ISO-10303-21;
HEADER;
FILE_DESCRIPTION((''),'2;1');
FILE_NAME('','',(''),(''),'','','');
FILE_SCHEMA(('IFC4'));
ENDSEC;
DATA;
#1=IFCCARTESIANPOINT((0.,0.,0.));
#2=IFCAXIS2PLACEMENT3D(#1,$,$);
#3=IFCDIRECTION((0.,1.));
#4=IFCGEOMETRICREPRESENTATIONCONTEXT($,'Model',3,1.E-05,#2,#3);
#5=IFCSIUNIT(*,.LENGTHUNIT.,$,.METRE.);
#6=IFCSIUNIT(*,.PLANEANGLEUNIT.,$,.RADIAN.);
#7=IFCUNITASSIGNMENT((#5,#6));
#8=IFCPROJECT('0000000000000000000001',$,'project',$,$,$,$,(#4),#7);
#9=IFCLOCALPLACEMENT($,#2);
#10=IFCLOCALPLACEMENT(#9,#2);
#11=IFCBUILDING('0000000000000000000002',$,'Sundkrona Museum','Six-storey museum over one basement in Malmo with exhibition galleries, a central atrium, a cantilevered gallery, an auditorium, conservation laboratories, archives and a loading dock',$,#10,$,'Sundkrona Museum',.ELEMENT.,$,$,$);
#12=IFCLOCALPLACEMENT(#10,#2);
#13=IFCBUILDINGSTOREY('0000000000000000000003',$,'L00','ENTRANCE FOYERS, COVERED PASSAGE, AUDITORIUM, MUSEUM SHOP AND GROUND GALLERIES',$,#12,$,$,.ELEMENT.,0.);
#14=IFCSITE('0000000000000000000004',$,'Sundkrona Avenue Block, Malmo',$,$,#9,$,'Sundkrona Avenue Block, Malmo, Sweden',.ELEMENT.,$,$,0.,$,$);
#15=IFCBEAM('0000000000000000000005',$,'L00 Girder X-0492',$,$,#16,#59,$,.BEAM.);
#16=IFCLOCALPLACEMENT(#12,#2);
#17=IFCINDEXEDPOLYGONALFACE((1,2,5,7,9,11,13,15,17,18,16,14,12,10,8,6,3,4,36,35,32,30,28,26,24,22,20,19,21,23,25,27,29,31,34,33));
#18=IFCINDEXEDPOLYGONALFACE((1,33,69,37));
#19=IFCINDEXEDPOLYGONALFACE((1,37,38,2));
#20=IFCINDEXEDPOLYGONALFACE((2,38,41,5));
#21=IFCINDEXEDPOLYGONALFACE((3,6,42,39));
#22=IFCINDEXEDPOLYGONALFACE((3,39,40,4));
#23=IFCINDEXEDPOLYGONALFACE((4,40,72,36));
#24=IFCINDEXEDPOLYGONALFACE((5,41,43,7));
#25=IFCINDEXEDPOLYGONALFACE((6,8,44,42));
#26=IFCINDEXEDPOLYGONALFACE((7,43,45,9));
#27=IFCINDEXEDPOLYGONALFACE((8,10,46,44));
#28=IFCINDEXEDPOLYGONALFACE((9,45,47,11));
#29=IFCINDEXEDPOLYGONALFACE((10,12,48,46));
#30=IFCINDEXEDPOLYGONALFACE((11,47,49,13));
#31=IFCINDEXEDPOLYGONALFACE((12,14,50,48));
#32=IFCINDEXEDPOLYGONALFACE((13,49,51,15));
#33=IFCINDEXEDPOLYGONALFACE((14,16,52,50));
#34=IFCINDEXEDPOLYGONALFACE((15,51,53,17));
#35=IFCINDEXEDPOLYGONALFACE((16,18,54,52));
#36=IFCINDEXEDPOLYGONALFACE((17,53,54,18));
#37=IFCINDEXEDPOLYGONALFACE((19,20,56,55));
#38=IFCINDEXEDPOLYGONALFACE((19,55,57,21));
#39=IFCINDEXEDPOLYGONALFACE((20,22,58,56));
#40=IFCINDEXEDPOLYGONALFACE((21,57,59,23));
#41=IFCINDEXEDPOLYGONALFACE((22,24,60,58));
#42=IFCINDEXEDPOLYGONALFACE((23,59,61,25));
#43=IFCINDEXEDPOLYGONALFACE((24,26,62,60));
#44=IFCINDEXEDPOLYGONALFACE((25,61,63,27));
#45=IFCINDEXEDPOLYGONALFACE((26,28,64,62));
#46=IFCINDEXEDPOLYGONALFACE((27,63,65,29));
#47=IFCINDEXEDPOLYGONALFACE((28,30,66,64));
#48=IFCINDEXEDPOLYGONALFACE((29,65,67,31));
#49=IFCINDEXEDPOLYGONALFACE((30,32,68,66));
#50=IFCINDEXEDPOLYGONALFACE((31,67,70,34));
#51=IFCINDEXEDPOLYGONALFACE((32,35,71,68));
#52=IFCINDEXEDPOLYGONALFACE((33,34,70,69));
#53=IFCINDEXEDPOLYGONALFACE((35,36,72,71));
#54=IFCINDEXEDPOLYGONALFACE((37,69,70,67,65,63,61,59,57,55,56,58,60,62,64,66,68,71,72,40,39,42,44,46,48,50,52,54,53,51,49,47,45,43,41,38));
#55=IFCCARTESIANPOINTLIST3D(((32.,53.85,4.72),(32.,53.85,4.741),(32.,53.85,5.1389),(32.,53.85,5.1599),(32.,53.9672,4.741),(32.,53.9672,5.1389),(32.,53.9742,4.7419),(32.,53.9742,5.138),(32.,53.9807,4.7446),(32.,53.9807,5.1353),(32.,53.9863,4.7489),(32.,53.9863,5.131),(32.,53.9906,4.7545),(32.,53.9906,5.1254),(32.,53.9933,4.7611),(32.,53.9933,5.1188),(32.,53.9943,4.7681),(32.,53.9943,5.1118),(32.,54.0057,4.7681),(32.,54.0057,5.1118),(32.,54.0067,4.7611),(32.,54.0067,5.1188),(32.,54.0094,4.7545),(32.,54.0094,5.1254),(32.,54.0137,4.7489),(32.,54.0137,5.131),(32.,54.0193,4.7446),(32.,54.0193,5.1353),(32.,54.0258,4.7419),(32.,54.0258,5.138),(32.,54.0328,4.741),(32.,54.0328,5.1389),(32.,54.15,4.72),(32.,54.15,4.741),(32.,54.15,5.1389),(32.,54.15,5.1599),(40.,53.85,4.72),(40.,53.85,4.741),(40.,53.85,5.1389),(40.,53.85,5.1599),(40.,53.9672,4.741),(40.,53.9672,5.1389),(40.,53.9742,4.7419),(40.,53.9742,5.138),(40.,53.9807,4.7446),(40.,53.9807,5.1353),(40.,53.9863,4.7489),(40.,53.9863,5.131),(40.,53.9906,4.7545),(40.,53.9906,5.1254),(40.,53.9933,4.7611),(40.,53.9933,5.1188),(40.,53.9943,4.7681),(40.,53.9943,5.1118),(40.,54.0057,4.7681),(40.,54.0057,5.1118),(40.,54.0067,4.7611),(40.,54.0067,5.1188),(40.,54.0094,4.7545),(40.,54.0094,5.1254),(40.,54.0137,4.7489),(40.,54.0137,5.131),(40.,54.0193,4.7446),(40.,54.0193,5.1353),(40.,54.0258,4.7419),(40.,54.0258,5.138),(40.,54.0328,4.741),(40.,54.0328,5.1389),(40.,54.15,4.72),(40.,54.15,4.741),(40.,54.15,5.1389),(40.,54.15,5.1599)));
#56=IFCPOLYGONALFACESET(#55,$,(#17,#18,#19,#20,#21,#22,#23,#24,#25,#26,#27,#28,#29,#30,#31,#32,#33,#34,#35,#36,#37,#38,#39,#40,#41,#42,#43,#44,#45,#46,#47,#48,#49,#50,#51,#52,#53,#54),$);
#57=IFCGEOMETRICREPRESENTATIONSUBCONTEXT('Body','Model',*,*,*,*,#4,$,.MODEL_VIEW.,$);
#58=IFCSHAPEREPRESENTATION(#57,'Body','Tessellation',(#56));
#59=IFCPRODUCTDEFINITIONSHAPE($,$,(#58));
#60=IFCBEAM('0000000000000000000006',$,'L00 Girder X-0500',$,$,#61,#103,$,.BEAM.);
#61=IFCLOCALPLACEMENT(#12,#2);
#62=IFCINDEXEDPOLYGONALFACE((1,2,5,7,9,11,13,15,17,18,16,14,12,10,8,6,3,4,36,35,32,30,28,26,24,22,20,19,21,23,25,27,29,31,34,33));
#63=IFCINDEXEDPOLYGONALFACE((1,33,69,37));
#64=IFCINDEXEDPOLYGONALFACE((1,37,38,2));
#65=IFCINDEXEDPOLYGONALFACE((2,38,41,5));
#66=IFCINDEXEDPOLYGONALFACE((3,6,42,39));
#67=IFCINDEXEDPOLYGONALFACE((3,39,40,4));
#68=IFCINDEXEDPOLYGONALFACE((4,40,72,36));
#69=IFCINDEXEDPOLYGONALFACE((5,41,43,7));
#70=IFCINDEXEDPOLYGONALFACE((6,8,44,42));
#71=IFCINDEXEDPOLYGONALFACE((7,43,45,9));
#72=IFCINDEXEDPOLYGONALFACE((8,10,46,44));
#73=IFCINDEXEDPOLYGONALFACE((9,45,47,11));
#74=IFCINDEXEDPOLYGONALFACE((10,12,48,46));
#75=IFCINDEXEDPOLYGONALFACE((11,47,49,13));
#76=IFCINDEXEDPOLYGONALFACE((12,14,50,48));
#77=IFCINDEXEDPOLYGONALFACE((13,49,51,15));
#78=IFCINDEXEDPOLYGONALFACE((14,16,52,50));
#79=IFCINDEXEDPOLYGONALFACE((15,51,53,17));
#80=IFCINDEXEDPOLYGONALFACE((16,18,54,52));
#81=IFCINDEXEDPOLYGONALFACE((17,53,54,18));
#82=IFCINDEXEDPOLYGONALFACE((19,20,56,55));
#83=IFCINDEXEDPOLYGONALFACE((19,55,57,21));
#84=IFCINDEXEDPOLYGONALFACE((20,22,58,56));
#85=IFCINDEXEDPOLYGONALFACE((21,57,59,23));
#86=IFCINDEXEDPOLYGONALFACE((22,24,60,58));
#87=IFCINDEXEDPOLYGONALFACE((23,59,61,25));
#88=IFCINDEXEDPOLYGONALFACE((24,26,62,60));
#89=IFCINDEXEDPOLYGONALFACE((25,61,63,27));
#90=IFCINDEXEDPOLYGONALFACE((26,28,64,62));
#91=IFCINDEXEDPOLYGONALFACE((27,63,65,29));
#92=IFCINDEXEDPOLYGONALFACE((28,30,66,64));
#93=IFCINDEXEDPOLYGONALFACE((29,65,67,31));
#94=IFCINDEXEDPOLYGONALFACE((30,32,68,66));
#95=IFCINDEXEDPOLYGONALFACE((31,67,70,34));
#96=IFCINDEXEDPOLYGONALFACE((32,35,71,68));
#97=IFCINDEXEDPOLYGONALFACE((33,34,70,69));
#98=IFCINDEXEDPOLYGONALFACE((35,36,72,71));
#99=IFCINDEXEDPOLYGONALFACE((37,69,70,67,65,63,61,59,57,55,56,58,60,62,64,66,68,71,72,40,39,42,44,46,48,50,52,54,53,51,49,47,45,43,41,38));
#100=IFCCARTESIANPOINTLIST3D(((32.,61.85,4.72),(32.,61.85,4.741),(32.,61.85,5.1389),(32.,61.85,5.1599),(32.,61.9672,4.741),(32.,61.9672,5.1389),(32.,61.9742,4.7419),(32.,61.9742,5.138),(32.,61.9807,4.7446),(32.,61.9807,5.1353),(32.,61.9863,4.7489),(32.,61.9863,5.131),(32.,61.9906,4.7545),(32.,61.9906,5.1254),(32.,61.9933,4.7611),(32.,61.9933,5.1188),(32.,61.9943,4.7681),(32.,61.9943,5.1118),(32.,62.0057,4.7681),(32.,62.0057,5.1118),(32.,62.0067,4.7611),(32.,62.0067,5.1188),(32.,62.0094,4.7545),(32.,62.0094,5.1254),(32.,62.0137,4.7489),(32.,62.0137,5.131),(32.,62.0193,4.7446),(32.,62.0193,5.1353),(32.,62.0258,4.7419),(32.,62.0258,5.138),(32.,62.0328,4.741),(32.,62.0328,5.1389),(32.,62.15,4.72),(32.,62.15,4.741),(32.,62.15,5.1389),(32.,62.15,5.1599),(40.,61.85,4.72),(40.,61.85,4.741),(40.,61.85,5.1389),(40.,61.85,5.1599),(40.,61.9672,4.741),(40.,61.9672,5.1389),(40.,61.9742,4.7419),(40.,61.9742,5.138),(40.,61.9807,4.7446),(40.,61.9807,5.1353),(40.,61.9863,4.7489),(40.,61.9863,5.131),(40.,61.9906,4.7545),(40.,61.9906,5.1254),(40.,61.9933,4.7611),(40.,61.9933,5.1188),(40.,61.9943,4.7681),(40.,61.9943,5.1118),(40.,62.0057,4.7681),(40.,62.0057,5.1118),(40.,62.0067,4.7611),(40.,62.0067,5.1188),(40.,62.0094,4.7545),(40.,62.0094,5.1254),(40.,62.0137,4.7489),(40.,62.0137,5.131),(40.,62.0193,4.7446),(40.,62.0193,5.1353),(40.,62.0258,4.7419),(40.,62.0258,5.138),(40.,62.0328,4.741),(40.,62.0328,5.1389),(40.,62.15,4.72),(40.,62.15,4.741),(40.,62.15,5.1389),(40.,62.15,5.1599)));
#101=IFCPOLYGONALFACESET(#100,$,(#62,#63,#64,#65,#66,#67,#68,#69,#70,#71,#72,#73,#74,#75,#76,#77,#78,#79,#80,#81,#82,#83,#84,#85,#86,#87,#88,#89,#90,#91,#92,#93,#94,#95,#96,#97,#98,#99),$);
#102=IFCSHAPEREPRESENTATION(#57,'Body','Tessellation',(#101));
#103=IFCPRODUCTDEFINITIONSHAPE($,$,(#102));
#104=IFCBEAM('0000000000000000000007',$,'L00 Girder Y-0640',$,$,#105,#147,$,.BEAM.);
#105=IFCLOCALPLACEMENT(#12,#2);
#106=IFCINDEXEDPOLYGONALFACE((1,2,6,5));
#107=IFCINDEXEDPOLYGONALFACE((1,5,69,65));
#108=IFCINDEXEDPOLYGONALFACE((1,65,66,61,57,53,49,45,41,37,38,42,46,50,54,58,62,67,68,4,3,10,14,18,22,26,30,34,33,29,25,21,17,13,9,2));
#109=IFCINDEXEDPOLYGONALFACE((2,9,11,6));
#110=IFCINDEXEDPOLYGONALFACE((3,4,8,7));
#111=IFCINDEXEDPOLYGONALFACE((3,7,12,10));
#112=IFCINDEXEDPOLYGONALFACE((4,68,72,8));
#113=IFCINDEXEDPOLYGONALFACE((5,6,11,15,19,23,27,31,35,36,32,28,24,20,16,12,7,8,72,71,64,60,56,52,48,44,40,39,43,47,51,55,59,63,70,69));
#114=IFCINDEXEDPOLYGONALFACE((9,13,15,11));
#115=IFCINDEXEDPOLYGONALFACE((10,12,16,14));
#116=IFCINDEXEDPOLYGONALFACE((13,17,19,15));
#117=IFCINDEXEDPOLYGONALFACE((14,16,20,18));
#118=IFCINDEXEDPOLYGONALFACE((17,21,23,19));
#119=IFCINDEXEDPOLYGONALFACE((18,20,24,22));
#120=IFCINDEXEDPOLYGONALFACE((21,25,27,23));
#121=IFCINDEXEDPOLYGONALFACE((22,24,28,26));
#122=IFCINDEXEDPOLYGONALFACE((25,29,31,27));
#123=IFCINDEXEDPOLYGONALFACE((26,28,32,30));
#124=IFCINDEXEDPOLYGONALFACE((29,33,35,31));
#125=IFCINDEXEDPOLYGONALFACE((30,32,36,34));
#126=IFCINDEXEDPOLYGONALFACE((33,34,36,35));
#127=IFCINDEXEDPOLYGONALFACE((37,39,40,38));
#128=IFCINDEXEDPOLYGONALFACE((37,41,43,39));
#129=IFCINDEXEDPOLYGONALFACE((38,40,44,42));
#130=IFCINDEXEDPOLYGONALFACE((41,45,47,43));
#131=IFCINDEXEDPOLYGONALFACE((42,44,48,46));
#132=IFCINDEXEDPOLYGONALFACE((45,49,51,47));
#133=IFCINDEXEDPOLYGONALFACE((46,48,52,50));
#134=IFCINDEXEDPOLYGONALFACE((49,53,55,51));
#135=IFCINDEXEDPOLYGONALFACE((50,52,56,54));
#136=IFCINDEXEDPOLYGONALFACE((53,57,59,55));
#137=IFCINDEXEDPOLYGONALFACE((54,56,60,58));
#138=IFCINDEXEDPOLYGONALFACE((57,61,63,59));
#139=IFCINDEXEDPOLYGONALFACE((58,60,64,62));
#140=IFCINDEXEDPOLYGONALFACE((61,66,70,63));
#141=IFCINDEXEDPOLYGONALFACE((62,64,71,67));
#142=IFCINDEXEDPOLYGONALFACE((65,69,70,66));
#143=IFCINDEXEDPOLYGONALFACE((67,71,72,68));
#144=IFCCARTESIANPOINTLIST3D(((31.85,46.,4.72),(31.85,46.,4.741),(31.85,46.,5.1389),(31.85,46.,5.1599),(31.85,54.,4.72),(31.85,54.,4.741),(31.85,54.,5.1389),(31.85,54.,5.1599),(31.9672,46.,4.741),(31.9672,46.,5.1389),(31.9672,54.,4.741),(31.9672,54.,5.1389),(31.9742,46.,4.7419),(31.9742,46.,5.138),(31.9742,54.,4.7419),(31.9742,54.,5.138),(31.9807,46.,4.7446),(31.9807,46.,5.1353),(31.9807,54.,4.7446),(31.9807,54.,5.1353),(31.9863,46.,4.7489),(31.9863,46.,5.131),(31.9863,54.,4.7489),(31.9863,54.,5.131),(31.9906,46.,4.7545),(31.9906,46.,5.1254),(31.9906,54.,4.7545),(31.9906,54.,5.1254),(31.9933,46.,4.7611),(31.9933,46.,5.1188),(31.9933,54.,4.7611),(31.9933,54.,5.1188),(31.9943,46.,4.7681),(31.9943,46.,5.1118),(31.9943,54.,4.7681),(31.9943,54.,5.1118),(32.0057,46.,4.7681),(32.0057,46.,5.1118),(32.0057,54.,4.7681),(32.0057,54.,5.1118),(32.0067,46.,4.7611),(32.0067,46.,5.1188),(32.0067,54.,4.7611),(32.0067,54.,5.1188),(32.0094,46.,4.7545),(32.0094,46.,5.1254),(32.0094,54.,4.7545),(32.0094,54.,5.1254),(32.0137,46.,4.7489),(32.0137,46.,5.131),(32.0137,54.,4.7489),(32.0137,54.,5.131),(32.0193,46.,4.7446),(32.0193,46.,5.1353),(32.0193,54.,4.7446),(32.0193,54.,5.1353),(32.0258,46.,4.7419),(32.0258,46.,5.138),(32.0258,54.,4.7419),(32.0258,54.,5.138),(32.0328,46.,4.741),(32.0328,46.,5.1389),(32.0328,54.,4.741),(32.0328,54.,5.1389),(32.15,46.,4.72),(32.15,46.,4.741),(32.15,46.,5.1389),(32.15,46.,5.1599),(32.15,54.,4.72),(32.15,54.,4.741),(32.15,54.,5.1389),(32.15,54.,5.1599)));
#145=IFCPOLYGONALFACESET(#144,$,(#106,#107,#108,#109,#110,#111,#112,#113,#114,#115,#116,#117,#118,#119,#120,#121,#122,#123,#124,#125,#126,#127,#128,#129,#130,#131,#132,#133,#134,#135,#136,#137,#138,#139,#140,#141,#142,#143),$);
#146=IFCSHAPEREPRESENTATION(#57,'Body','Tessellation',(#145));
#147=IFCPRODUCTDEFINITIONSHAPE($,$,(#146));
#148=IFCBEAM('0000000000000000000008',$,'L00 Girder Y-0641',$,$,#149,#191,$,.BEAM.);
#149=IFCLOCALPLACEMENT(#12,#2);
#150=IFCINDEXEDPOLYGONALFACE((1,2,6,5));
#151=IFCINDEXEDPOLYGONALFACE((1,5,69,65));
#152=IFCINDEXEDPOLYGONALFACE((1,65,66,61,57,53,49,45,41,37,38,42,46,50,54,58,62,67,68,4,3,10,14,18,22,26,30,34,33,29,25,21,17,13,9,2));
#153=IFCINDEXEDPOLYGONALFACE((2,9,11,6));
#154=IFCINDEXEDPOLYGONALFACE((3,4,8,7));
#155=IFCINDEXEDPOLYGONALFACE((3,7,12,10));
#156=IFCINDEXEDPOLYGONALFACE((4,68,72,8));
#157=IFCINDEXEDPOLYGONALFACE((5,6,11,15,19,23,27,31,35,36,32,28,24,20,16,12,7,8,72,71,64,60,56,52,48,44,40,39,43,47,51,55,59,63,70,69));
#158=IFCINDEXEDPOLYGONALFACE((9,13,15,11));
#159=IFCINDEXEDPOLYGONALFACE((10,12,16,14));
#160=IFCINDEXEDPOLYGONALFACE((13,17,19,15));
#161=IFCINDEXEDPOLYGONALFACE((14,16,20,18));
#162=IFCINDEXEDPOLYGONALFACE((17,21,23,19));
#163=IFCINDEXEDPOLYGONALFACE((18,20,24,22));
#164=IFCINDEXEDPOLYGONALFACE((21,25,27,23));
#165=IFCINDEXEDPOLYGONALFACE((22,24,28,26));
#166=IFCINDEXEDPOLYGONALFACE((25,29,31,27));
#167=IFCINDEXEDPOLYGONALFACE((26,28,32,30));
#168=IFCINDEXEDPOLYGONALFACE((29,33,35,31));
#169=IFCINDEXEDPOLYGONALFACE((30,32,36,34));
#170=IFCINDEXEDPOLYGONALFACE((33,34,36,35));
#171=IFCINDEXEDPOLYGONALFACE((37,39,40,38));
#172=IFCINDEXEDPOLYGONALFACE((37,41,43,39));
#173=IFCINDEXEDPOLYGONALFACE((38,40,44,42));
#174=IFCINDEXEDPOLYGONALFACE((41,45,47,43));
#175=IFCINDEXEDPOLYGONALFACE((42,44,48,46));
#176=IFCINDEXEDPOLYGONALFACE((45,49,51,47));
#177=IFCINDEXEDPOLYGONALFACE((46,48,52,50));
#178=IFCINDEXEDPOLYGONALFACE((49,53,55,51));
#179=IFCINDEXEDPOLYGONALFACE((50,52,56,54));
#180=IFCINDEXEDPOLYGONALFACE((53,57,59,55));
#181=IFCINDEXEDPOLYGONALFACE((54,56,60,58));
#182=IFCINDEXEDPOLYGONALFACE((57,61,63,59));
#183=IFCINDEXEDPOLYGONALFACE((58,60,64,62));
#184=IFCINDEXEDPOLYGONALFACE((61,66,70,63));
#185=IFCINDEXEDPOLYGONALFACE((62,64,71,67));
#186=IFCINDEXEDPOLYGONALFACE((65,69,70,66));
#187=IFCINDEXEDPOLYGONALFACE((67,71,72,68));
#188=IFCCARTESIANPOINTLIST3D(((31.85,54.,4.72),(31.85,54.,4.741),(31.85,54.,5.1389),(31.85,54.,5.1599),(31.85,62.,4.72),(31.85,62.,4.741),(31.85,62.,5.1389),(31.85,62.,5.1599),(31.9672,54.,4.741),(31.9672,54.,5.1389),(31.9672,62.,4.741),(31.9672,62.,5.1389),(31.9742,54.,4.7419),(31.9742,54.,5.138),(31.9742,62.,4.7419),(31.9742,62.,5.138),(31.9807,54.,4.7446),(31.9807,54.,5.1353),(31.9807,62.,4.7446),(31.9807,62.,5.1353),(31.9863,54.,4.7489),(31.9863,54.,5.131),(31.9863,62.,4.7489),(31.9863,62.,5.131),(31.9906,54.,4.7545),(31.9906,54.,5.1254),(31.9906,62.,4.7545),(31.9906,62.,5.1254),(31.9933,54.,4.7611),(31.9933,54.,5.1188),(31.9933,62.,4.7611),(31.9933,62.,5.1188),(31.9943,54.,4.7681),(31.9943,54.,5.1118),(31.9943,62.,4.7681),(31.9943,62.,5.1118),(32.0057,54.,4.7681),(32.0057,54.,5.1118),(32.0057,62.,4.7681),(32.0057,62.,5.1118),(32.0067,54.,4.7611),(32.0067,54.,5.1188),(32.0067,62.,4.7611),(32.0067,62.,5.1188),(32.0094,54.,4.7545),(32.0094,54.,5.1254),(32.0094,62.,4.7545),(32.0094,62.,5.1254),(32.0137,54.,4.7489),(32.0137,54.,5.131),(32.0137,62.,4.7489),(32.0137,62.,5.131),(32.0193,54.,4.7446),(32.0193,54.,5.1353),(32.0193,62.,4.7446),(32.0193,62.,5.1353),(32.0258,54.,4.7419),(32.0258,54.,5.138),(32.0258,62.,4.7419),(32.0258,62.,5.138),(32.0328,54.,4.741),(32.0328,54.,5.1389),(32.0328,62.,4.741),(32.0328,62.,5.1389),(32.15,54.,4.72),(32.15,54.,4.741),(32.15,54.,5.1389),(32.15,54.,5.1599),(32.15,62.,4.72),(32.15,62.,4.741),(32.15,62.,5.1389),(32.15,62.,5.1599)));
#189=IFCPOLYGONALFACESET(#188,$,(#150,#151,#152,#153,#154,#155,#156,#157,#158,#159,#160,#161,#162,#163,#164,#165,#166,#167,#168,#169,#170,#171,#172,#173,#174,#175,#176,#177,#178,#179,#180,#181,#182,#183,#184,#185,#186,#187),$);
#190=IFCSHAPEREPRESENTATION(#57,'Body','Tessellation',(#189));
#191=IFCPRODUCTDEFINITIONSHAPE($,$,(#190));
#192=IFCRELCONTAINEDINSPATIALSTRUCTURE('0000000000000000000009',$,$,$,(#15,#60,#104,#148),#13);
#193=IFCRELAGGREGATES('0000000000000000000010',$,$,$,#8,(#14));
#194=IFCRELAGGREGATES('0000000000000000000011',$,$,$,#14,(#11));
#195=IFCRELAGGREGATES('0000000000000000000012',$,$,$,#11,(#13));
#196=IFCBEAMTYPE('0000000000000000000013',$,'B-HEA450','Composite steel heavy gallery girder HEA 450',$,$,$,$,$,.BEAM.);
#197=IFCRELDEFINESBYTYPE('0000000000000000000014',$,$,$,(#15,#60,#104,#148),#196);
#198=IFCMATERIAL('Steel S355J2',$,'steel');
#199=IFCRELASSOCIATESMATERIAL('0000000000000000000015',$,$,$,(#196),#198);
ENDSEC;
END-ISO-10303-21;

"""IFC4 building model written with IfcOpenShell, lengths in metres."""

from ifc_helpers import new_model, si_unit, direction, frame, origin, origin_2d, place, context, subcontext, project, spatial, i_section, extrude, material, material_profile, profile_set, type_object, element, save


model = new_model("IFC4")

# Units and contexts
model_context = context("Model", 3, precision=1e-05, world=origin(), true_north=direction((0.0, 1.0)))
body_context = subcontext(model_context, "Body", "Model", "MODEL_VIEW")
ifc_project = project(units=[si_unit("LENGTHUNIT", "METRE"), si_unit("PLANEANGLEUNIT", "RADIAN")], contexts=[model_context])

# Site, building, storey
site_placement = place(None, origin())
site = spatial("IfcSite", under=ifc_project, at=site_placement, Name="Sundkrona Avenue Block, Malmo", LongName="Sundkrona Avenue Block, Malmo, Sweden", CompositionType="ELEMENT", RefElevation=0.0)
building_placement = place(site_placement, origin())
building = spatial("IfcBuilding", under=site, at=building_placement, Name="Sundkrona Museum", Description="Six-storey museum over one basement in Malmo with exhibition galleries, a central atrium, a cantilevered gallery, an auditorium, conservation laboratories, archives and a loading dock", LongName="Sundkrona Museum", CompositionType="ELEMENT")
storey_placement = place(building_placement, origin())
storey = spatial("IfcBuildingStorey", under=building, at=storey_placement, Name="L00", Description="ENTRANCE FOYERS, COVERED PASSAGE, AUDITORIUM, MUSEUM SHOP AND GROUND GALLERIES", CompositionType="ELEMENT", Elevation=0.0)

# Shared definitions
ifc_material_1 = material(Name="Steel S355J2", Category="steel")

# Beams
ifc_material_profile_1 = material_profile(ifc_material_1, i_section(OverallWidth=0.3, OverallDepth=0.4399, WebThickness=0.0115, FlangeThickness=0.021, FilletRadius=0.0271, at=origin_2d()), Name="HEA 450")
ifc_profile_set_1 = profile_set([ifc_material_profile_1], Name="Steel S355J2")
beam_type_1 = type_object("IfcBeamType", Name="B-HEA450", Description="Composite steel heavy gallery girder HEA 450", PredefinedType="BEAM", material=ifc_profile_set_1)
for number, where, z_axis, x_axis, name in (
    (1, (32.0, 54.0, 4.9399), (1.0, 0.0, 0.0), (0.0, 1.0, 0.0), "L00 Girder X-0492"),
    (2, (32.0, 62.0, 4.9399), (1.0, 0.0, 0.0), (0.0, 1.0, 0.0), "L00 Girder X-0500"),
    (3, (32.0, 46.0, 4.9399), (0.0, 1.0, 0.0), (-1.0, 0.0, 0.0), "L00 Girder Y-0640"),
    (4, (32.0, 54.0, 4.9399), (0.0, 1.0, 0.0), (-1.0, 0.0, 0.0), "L00 Girder Y-0641"),
):
    element("IfcBeam", number, at=place(storey_placement, frame(where, z_axis=z_axis, x_axis=x_axis)), inside=storey, type_object=beam_type_1, Name=name, PredefinedType="BEAM", context=body_context, shape_type="SweptSolid", body=[
        extrude(i_section(OverallWidth=0.3, OverallDepth=0.4399, WebThickness=0.0115, FlangeThickness=0.021, FilletRadius=0.0271, at=origin_2d()), origin(), (0.0, 0.0, 1.0), 8.0),
    ])

save(model, "model.ifc")
